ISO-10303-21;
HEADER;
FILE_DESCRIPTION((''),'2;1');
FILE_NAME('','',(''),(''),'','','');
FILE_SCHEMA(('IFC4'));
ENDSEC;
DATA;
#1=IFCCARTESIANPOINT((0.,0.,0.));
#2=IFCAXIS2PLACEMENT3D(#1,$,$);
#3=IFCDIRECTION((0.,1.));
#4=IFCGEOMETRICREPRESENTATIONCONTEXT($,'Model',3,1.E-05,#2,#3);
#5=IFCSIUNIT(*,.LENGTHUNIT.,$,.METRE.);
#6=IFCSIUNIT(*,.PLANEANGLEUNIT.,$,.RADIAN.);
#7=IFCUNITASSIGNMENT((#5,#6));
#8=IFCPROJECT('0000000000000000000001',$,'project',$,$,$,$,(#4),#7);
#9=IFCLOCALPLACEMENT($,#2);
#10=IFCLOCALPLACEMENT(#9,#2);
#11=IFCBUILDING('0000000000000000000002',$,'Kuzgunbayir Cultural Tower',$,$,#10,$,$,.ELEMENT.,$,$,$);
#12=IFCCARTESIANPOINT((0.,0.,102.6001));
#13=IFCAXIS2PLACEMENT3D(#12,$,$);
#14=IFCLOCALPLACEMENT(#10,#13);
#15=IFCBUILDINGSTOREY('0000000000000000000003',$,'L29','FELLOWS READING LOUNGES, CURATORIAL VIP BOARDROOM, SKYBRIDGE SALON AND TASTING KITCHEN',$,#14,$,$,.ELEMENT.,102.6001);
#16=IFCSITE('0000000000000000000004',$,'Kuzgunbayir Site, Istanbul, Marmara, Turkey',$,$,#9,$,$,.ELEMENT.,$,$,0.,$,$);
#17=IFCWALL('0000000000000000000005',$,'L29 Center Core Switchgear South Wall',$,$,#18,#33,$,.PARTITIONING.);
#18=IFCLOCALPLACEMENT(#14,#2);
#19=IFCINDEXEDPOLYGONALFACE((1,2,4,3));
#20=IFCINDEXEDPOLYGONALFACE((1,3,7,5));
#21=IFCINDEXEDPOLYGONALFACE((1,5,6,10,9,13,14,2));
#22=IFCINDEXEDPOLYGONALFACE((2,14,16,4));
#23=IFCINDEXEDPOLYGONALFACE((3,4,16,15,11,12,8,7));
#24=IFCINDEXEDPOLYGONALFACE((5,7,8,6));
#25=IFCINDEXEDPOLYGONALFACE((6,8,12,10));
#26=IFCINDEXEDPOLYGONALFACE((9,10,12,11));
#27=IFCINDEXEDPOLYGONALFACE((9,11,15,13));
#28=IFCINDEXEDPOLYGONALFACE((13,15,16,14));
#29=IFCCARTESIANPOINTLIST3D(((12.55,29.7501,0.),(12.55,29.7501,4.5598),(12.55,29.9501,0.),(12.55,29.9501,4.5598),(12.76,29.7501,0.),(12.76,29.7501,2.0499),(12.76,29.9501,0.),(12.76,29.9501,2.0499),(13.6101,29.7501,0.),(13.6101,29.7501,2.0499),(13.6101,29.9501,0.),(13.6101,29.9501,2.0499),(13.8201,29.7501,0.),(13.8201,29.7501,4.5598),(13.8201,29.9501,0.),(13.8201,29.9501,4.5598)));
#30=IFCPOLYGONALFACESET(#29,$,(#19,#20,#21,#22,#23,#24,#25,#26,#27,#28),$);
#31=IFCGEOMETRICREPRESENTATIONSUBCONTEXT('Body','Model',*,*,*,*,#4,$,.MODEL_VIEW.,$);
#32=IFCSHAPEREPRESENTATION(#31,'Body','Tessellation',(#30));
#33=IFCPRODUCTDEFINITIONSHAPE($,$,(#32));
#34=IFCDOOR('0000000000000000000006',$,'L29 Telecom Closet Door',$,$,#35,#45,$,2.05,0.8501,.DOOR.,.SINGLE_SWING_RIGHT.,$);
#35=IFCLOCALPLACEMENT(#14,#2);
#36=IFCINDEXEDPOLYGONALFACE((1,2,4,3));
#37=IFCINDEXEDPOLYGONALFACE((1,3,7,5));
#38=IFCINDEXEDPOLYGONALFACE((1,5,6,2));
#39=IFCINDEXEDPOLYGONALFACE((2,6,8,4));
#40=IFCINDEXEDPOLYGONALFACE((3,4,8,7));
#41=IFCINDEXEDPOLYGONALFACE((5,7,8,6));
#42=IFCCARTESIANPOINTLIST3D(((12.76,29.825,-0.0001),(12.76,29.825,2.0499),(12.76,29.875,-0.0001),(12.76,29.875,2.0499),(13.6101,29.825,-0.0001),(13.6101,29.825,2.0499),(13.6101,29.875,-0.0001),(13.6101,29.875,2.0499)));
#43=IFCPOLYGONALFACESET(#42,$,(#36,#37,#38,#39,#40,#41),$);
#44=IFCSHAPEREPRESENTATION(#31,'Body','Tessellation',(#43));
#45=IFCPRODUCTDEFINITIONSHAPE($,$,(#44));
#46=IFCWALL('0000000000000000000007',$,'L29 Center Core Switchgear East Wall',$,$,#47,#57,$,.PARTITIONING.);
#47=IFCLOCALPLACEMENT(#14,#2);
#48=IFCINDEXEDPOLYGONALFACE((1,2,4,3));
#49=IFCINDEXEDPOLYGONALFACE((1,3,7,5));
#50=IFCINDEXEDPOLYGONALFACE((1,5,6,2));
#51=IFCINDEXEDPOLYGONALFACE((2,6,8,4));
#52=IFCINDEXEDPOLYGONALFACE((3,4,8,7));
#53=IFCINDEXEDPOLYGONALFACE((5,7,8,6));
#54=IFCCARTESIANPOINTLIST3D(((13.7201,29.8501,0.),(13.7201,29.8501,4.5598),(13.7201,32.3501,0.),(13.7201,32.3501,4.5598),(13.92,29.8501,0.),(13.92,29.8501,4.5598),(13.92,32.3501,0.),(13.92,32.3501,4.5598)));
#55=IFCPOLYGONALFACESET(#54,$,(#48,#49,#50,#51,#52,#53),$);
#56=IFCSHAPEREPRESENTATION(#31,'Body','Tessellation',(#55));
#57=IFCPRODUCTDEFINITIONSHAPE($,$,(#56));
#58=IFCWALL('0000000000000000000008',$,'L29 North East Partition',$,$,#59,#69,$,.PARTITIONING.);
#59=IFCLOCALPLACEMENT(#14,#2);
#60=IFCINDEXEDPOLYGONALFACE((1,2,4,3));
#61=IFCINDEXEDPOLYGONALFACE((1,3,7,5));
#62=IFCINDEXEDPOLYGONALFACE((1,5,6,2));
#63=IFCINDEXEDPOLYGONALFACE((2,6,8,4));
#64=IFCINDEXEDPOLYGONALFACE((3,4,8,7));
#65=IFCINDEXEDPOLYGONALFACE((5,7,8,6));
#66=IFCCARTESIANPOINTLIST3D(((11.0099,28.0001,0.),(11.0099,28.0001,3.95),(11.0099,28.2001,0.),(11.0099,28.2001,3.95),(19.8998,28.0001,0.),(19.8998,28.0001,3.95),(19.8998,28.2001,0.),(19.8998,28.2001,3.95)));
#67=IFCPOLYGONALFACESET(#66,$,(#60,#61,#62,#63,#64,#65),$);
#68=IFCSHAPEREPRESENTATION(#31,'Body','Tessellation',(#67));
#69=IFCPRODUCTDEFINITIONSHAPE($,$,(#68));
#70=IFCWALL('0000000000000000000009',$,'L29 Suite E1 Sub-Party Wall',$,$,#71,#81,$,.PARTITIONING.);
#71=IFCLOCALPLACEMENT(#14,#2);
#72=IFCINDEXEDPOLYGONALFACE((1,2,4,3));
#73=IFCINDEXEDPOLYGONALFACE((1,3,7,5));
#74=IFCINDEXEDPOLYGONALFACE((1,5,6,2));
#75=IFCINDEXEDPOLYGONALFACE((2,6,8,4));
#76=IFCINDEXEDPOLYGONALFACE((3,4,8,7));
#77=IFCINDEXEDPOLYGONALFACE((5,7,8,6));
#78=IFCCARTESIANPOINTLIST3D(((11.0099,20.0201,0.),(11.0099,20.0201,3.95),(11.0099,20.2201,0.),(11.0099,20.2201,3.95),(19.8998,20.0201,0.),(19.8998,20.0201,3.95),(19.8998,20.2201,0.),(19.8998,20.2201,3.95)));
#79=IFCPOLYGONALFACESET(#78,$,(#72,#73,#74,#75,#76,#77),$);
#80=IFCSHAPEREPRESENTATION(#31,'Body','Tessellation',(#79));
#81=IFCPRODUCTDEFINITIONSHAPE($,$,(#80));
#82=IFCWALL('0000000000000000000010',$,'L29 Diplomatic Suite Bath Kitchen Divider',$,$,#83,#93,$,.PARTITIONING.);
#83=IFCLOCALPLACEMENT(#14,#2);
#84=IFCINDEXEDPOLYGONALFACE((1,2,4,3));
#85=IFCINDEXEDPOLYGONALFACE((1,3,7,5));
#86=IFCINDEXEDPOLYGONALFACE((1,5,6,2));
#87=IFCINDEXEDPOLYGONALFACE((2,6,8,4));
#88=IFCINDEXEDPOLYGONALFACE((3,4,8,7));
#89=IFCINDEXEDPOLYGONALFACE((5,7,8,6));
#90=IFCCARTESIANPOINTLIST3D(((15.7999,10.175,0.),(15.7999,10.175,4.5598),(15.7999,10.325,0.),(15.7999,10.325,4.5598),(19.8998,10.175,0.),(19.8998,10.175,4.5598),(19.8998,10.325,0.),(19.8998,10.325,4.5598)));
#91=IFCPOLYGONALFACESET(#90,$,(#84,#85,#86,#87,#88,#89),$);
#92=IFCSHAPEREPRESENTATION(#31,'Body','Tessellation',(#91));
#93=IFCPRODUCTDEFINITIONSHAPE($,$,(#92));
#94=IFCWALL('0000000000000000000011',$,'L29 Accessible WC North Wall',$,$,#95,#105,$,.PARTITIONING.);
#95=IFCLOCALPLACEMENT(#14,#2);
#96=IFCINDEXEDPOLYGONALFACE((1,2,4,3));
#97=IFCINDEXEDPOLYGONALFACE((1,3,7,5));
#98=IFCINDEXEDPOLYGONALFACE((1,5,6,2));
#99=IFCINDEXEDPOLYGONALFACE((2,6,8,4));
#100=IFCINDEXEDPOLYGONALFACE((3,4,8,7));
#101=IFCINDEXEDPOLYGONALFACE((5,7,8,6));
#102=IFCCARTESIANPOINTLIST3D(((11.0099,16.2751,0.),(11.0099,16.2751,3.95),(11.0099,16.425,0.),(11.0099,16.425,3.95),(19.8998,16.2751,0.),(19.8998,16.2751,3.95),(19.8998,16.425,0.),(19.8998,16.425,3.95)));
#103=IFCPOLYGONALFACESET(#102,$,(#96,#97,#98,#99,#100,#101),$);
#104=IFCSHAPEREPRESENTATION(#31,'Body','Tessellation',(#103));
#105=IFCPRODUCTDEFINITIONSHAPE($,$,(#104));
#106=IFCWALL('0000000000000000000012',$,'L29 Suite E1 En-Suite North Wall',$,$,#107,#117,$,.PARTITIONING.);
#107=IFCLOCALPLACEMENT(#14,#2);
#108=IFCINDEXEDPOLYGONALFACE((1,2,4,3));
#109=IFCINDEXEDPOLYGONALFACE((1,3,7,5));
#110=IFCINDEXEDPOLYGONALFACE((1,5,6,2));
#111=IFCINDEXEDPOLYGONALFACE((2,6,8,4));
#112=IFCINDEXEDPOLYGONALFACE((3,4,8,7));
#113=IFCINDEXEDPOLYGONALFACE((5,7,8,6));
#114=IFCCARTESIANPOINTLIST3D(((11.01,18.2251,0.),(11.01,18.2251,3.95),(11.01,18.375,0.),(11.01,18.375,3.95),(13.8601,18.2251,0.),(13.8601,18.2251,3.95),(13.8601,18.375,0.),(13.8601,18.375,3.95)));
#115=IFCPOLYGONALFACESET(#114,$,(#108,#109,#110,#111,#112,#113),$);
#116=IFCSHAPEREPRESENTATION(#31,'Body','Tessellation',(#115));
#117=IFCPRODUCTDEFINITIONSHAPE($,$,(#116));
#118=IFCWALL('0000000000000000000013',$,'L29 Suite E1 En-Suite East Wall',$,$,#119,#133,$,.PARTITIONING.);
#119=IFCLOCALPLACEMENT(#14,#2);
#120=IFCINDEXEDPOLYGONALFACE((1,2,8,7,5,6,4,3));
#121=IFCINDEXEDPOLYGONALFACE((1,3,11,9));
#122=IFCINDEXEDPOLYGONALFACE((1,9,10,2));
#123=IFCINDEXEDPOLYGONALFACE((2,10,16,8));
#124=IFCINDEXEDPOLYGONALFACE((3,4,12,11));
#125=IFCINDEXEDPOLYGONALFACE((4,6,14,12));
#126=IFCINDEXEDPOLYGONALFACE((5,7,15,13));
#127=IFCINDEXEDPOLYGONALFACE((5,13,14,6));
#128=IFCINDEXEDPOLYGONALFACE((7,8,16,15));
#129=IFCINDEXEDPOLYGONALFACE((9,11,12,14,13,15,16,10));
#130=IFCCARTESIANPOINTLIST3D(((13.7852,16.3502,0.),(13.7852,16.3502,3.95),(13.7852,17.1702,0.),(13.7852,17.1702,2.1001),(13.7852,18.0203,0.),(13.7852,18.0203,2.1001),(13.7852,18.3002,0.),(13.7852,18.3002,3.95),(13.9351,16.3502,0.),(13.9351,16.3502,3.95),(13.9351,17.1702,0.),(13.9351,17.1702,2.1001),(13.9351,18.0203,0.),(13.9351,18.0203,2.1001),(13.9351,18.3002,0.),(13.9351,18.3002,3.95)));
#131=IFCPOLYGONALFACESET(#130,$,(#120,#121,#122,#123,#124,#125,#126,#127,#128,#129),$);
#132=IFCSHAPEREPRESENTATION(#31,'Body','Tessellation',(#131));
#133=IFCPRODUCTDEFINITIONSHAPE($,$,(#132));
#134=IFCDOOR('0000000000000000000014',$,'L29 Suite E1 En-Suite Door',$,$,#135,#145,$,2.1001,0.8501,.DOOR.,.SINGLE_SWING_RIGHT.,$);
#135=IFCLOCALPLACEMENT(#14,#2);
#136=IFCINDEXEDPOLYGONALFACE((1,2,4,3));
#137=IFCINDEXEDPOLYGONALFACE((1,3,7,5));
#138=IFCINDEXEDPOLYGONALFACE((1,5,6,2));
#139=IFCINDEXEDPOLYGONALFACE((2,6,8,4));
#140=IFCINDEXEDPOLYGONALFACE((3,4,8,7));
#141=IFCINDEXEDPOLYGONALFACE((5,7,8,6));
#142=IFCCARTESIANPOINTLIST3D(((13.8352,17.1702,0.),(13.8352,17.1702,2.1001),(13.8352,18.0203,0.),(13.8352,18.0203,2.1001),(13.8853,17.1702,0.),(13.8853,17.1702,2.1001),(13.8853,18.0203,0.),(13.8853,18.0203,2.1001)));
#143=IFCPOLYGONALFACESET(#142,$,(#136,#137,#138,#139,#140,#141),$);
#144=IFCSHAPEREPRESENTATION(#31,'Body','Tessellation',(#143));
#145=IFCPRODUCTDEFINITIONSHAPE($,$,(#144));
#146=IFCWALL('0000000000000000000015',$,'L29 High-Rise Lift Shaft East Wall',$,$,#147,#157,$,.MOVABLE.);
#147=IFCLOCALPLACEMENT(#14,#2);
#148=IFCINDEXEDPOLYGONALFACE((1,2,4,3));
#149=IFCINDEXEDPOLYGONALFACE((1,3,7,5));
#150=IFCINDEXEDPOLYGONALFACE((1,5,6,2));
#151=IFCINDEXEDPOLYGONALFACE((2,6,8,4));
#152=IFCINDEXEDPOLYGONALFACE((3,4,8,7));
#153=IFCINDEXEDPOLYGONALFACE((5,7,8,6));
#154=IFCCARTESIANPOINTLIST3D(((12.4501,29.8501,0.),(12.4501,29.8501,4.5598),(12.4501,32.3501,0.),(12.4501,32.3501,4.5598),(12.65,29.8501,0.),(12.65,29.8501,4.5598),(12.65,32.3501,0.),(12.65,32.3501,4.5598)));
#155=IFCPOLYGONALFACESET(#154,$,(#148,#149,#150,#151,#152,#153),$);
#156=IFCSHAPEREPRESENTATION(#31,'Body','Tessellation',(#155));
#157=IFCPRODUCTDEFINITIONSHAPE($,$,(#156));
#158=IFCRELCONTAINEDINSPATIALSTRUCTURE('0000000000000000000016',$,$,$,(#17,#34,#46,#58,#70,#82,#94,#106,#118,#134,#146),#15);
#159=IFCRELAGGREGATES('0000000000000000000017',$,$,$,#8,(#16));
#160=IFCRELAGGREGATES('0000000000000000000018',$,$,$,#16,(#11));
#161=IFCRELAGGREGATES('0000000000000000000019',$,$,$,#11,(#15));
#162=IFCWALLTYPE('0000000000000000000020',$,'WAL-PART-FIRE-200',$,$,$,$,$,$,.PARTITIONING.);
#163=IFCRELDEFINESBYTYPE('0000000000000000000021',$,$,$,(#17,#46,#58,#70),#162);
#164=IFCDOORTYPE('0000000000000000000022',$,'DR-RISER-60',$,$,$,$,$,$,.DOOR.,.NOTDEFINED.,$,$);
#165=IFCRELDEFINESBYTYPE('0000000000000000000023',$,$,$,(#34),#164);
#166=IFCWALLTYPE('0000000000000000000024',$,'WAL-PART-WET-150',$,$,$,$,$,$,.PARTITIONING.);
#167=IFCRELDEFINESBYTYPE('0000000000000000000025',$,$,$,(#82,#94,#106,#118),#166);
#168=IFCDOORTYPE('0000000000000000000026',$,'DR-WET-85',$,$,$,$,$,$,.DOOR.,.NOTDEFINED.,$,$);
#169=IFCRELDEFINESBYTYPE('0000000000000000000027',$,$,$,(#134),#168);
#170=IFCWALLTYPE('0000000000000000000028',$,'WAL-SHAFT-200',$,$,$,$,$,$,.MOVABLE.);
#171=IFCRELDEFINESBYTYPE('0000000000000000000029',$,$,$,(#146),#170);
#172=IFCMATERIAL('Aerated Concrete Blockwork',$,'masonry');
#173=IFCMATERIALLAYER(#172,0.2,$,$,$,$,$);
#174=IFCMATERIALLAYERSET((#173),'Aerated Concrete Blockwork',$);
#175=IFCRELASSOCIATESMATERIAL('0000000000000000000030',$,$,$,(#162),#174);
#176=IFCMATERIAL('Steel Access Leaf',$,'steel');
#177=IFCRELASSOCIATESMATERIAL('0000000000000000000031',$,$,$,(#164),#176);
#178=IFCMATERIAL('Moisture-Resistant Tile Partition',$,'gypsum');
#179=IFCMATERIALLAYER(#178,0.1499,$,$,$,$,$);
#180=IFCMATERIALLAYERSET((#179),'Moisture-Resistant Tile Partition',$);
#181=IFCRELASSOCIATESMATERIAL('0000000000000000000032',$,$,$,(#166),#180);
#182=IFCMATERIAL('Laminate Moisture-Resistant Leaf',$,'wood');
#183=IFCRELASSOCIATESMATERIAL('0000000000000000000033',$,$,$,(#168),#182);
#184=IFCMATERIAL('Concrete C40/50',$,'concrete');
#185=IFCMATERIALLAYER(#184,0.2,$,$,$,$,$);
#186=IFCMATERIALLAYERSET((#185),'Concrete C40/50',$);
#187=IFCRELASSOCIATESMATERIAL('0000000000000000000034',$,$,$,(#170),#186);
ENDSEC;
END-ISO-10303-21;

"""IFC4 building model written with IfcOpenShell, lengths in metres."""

from ifc_helpers import new_model, si_unit, direction, frame, frame_2d, origin, place, context, subcontext, project, spatial, rectangle, extrude, material, layer, layer_set, type_object, element, fill, save


model = new_model("IFC4")

# Units and contexts
model_context = context("Model", 3, precision=1e-05, world=origin(), true_north=direction((0.0, 1.0)))
body_context = subcontext(model_context, "Body", "Model", "MODEL_VIEW")
ifc_project = project(units=[si_unit("LENGTHUNIT", "METRE"), si_unit("PLANEANGLEUNIT", "RADIAN")], contexts=[model_context])

# Site, building, storey
site_placement = place(None, origin())
site = spatial("IfcSite", under=ifc_project, at=site_placement, Name="Kuzgunbayir Site, Istanbul, Marmara, Turkey", CompositionType="ELEMENT", RefElevation=0.0)
building_placement = place(site_placement, origin())
building = spatial("IfcBuilding", under=site, at=building_placement, Name="Kuzgunbayir Cultural Tower", CompositionType="ELEMENT")
storey_placement = place(building_placement, frame((0.0, 0.0, 102.6001)))
storey = spatial("IfcBuildingStorey", under=building, at=storey_placement, Name="L29", Description="FELLOWS READING LOUNGES, CURATORIAL VIP BOARDROOM, SKYBRIDGE SALON AND TASTING KITCHEN", CompositionType="ELEMENT", Elevation=102.6001)

# Wall, opening, door
ifc_material_1 = material(Name="Aerated Concrete Blockwork", Category="masonry")
ifc_layer_1 = layer(ifc_material_1, 0.2)
ifc_layer_set_1 = layer_set([ifc_layer_1], Name="Aerated Concrete Blockwork")
wall_type_1 = type_object("IfcWallType", Name="WAL-PART-FIRE-200", PredefinedType="PARTITIONING", material=ifc_layer_set_1)
wall_1_placement = place(storey_placement, frame((12.55, 29.8501, 0.0), z_axis=(0.0, 0.0, 1.0), x_axis=(1.0, 0.0, 0.0)))
wall_1 = element("IfcWall", 1, at=wall_1_placement, inside=storey, type_object=wall_type_1, Name="L29 Center Core Switchgear South Wall", PredefinedType="PARTITIONING", context=body_context, shape_type="SweptSolid", body=[
    extrude(rectangle(XDim=1.27, YDim=0.2, at=frame_2d((0.635, 0.0))), origin(), (0.0, 0.0, 1.0), 4.5598),
])
opening_1_placement = place(wall_1_placement, frame((0.21, 0.0, 0.0)))
opening_1 = element("IfcOpeningElement", 2, at=opening_1_placement, cuts=wall_1, PredefinedType="OPENING", context=body_context, shape_type="SweptSolid", body=[
    extrude(rectangle(XDim=0.8501, YDim=2.05, at=frame_2d((0.425, 1.0249))), frame((0.0, 0.1099, 0.0), z_axis=(0.0, -1.0, 0.0), x_axis=(1.0, 0.0, 0.0)), (0.0, 0.0, 1.0), 0.22),
])
ifc_material_2 = material(Name="Steel Access Leaf", Category="steel")
door_type_1 = type_object("IfcDoorType", Name="DR-RISER-60", OperationType="NOTDEFINED", PredefinedType="DOOR", material=ifc_material_2)
door_1_placement = place(opening_1_placement, origin())
door_1 = element("IfcDoor", 3, at=door_1_placement, inside=storey, type_object=door_type_1, Name="L29 Telecom Closet Door", OperationType="SINGLE_SWING_RIGHT", OverallHeight=2.05, OverallWidth=0.8501, PredefinedType="DOOR", context=body_context, shape_type="SweptSolid", body=[
    extrude(rectangle(XDim=0.8501, YDim=2.05, at=frame_2d((0.425, 1.0249))), frame((0.0, 0.0249, 0.0), z_axis=(0.0, -1.0, 0.0), x_axis=(1.0, 0.0, 0.0)), (0.0, 0.0, 1.0), 0.05),
])
fill(opening_1, door_1)

# Walls
wall_2_placement = place(storey_placement, frame((13.8201, 29.8501, 0.0), z_axis=(0.0, 0.0, 1.0), x_axis=(0.0, 1.0, 0.0)))
element("IfcWall", 4, at=wall_2_placement, inside=storey, type_object=wall_type_1, Name="L29 Center Core Switchgear East Wall", PredefinedType="PARTITIONING", context=body_context, shape_type="SweptSolid", body=[
    extrude(rectangle(XDim=2.5, YDim=0.2, at=frame_2d((1.25, 0.0))), origin(), (0.0, 0.0, 1.0), 4.5598),
])
for number, where, z_axis, x_axis, name in (
    (5, (11.01, 28.1001, 0.0), (0.0, 0.0, 1.0), (1.0, 0.0, 0.0), "L29 North East Partition"),
    (6, (11.01, 20.1201, 0.0), (0.0, 0.0, 1.0), (1.0, 0.0, 0.0), "L29 Suite E1 Sub-Party Wall"),
):
    element("IfcWall", number, at=place(storey_placement, frame(where, z_axis=z_axis, x_axis=x_axis)), inside=storey, type_object=wall_type_1, Name=name, PredefinedType="PARTITIONING", context=body_context, shape_type="SweptSolid", body=[
        extrude(rectangle(XDim=8.8899, YDim=0.2, at=frame_2d((4.4448, 0.0))), origin(), (0.0, 0.0, 1.0), 3.95),
    ])

# Shared definitions
ifc_material_3 = material(Name="Moisture-Resistant Tile Partition", Category="gypsum")
ifc_layer_2 = layer(ifc_material_3, 0.1499)
ifc_layer_set_2 = layer_set([ifc_layer_2], Name="Moisture-Resistant Tile Partition")
wall_type_2 = type_object("IfcWallType", Name="WAL-PART-WET-150", PredefinedType="PARTITIONING", material=ifc_layer_set_2)
ifc_material_4 = material(Name="Laminate Moisture-Resistant Leaf", Category="wood")
door_type_2 = type_object("IfcDoorType", Name="DR-WET-85", OperationType="NOTDEFINED", PredefinedType="DOOR", material=ifc_material_4)

# Walls
wall_3_placement = place(storey_placement, frame((15.8, 10.25, 0.0), z_axis=(0.0, 0.0, 1.0), x_axis=(1.0, 0.0, 0.0)))
element("IfcWall", 7, at=wall_3_placement, inside=storey, type_object=wall_type_2, Name="L29 Diplomatic Suite Bath Kitchen Divider", PredefinedType="PARTITIONING", context=body_context, shape_type="SweptSolid", body=[
    extrude(rectangle(XDim=4.0999, YDim=0.1499, at=frame_2d((2.0498, 0.0))), origin(), (0.0, 0.0, 1.0), 4.5598),
])
wall_4_placement = place(storey_placement, frame((11.01, 16.3501, 0.0), z_axis=(0.0, 0.0, 1.0), x_axis=(1.0, 0.0, 0.0)))
element("IfcWall", 8, at=wall_4_placement, inside=storey, type_object=wall_type_2, Name="L29 Accessible WC North Wall", PredefinedType="PARTITIONING", context=body_context, shape_type="SweptSolid", body=[
    extrude(rectangle(XDim=8.8899, YDim=0.1499, at=frame_2d((4.4448, 0.0))), origin(), (0.0, 0.0, 1.0), 3.95),
])
wall_5_placement = place(storey_placement, frame((11.01, 18.3, 0.0), z_axis=(0.0, 0.0, 1.0), x_axis=(1.0, 0.0, 0.0)))
element("IfcWall", 9, at=wall_5_placement, inside=storey, type_object=wall_type_2, Name="L29 Suite E1 En-Suite North Wall", PredefinedType="PARTITIONING", context=body_context, shape_type="SweptSolid", body=[
    extrude(rectangle(XDim=2.8501, YDim=0.1499, at=frame_2d((1.425, 0.0))), origin(), (0.0, 0.0, 1.0), 3.95),
])

# Wall, opening, door
wall_6_placement = place(storey_placement, frame((13.8601, 16.3501, 0.0), z_axis=(0.0, 0.0, 1.0), x_axis=(0.0, 1.0, 0.0)))
wall_6 = element("IfcWall", 10, at=wall_6_placement, inside=storey, type_object=wall_type_2, Name="L29 Suite E1 En-Suite East Wall", PredefinedType="PARTITIONING", context=body_context, shape_type="SweptSolid", body=[
    extrude(rectangle(XDim=1.95, YDim=0.1499, at=frame_2d((0.9751, 0.0))), origin(), (0.0, 0.0, 1.0), 3.95),
])
opening_2_placement = place(wall_6_placement, frame((0.8201, 0.0, 0.0)))
opening_2 = element("IfcOpeningElement", 11, at=opening_2_placement, cuts=wall_6, PredefinedType="OPENING", context=body_context, shape_type="SweptSolid", body=[
    extrude(rectangle(XDim=0.8501, YDim=2.1001, at=frame_2d((0.425, 1.05))), frame((0.0, 0.085, 0.0), z_axis=(0.0, -1.0, 0.0), x_axis=(1.0, 0.0, 0.0)), (0.0, 0.0, 1.0), 0.1699),
])
door_2_placement = place(opening_2_placement, origin())
door_2 = element("IfcDoor", 12, at=door_2_placement, inside=storey, type_object=door_type_2, Name="L29 Suite E1 En-Suite Door", OperationType="SINGLE_SWING_RIGHT", OverallHeight=2.1001, OverallWidth=0.8501, PredefinedType="DOOR", context=body_context, shape_type="SweptSolid", body=[
    extrude(rectangle(XDim=0.8501, YDim=2.1001, at=frame_2d((0.425, 1.05))), frame((0.0, 0.0249, 0.0), z_axis=(0.0, -1.0, 0.0), x_axis=(1.0, 0.0, 0.0)), (0.0, 0.0, 1.0), 0.05),
])
fill(opening_2, door_2)

# Wall
ifc_material_5 = material(Name="Concrete C40/50", Category="concrete")
ifc_layer_3 = layer(ifc_material_5, 0.2)
ifc_layer_set_3 = layer_set([ifc_layer_3], Name="Concrete C40/50")
wall_type_3 = type_object("IfcWallType", Name="WAL-SHAFT-200", PredefinedType="MOVABLE", material=ifc_layer_set_3)
wall_7_placement = place(storey_placement, frame((12.55, 29.8501, 0.0), z_axis=(0.0, 0.0, 1.0), x_axis=(0.0, 1.0, 0.0)))
element("IfcWall", 13, at=wall_7_placement, inside=storey, type_object=wall_type_3, Name="L29 High-Rise Lift Shaft East Wall", PredefinedType="MOVABLE", context=body_context, shape_type="SweptSolid", body=[
    extrude(rectangle(XDim=2.5, YDim=0.2, at=frame_2d((1.25, 0.0))), origin(), (0.0, 0.0, 1.0), 4.5598),
])

save(model, "model.ifc")
